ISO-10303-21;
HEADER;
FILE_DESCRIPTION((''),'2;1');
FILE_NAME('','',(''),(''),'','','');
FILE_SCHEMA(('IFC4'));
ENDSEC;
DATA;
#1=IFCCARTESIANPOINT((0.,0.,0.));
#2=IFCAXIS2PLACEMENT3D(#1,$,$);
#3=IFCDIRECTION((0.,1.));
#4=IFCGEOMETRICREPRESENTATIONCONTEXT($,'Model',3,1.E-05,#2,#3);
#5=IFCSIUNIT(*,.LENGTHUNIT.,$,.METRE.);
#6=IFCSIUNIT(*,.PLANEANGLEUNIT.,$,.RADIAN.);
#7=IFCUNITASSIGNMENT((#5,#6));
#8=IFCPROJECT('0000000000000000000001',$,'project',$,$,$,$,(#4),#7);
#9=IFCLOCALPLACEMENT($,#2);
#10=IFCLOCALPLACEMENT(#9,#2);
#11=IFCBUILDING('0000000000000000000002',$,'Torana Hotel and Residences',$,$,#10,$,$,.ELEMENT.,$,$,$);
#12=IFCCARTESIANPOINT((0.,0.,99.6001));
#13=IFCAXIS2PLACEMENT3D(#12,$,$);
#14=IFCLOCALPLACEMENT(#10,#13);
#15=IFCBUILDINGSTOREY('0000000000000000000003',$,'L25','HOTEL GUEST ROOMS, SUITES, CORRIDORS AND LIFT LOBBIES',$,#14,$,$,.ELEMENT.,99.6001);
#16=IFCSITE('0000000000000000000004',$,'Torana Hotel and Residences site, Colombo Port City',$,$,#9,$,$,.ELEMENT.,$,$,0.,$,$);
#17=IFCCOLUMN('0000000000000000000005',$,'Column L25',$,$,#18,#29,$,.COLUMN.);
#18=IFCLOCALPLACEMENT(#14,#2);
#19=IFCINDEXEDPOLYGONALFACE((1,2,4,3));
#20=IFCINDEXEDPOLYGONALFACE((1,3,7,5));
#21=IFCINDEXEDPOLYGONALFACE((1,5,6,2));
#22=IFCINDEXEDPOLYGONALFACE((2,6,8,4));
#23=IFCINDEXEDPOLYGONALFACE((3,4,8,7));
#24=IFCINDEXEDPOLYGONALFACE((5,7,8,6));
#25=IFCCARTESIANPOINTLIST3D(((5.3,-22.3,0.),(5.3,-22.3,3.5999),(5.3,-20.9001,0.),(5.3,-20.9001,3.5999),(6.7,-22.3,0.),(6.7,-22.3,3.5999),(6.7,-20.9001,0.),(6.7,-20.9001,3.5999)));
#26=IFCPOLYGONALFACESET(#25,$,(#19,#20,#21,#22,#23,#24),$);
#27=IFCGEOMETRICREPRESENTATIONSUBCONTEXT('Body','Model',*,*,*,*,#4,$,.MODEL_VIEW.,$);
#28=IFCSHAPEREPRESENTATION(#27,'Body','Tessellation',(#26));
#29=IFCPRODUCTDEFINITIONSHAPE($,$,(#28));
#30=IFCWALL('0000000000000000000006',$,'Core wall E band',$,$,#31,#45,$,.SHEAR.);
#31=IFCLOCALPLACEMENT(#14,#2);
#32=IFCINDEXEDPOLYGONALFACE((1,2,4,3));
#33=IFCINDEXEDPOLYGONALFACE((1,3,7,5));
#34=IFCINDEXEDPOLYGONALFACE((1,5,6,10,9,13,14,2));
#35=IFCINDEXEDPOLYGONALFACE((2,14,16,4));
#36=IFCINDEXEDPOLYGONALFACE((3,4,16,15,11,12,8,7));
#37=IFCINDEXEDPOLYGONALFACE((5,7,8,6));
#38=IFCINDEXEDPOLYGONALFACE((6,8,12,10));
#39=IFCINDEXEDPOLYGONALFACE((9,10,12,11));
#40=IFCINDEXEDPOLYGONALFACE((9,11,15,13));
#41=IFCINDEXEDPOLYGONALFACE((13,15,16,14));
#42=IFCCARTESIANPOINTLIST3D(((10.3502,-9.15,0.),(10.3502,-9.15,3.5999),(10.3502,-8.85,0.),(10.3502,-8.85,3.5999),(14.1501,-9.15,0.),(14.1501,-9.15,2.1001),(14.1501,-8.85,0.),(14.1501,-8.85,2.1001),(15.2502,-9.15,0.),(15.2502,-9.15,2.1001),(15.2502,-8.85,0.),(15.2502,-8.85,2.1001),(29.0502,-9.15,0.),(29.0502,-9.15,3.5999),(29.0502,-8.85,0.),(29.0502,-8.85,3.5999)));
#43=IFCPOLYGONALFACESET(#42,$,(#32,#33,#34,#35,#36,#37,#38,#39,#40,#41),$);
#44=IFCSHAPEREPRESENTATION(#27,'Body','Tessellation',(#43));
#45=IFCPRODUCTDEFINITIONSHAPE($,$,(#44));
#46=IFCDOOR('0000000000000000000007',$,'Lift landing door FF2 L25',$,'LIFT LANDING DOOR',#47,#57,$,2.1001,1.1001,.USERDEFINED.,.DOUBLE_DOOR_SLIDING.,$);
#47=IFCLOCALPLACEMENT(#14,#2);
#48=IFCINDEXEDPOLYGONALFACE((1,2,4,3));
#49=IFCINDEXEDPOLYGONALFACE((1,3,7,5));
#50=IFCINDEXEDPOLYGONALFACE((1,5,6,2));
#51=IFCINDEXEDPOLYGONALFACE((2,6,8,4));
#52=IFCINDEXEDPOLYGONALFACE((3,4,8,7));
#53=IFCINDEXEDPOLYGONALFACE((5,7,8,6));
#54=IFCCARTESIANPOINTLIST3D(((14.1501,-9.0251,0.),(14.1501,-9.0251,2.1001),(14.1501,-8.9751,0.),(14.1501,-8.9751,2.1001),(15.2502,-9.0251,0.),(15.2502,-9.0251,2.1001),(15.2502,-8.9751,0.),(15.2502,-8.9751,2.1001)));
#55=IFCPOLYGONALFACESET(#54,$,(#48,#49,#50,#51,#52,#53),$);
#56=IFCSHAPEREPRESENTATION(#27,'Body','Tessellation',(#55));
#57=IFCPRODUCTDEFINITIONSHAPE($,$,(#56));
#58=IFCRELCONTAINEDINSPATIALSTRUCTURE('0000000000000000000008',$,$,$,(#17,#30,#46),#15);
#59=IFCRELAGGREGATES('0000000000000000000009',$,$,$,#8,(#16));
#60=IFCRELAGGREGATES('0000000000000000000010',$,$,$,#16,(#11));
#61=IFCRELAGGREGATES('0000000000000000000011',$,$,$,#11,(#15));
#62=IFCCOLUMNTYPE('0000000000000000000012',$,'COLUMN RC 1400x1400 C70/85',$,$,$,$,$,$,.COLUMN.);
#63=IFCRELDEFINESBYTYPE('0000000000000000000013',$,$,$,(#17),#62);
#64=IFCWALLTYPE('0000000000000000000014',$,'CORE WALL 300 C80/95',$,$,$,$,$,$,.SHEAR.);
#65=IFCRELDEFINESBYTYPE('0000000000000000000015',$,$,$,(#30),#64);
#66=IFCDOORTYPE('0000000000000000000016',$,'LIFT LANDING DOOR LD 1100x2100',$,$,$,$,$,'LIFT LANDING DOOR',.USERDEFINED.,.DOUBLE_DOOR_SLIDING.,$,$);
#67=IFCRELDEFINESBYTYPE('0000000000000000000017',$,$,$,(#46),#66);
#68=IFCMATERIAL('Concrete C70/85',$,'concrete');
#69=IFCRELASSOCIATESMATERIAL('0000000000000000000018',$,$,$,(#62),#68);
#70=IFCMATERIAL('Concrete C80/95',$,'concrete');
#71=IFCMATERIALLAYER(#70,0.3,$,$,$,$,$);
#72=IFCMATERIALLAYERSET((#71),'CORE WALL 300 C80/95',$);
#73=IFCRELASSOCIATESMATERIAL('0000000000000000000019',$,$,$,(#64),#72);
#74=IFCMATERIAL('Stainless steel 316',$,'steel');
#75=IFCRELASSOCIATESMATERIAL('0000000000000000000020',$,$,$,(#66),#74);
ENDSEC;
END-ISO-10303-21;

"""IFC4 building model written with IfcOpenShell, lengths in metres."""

from ifc_helpers import new_model, si_unit, direction, frame, frame_2d, origin, origin_2d, place, context, subcontext, project, spatial, rectangle, extrude, material, layer, layer_set, material_profile, profile_set, type_object, element, fill, save


model = new_model("IFC4")

# Units and contexts
model_context = context("Model", 3, precision=1e-05, world=origin(), true_north=direction((0.0, 1.0)))
body_context = subcontext(model_context, "Body", "Model", "MODEL_VIEW")
ifc_project = project(units=[si_unit("LENGTHUNIT", "METRE"), si_unit("PLANEANGLEUNIT", "RADIAN")], contexts=[model_context])

# Site, building, storey
site_placement = place(None, origin())
site = spatial("IfcSite", under=ifc_project, at=site_placement, Name="Torana Hotel and Residences site, Colombo Port City", CompositionType="ELEMENT", RefElevation=0.0)
building_placement = place(site_placement, origin())
building = spatial("IfcBuilding", under=site, at=building_placement, Name="Torana Hotel and Residences", CompositionType="ELEMENT")
storey_placement = place(building_placement, frame((0.0, 0.0, 99.6001)))
storey = spatial("IfcBuildingStorey", under=building, at=storey_placement, Name="L25", Description="HOTEL GUEST ROOMS, SUITES, CORRIDORS AND LIFT LOBBIES", CompositionType="ELEMENT", Elevation=99.6001)

# Column
ifc_material_1 = material(Name="Concrete C70/85", Category="concrete")
ifc_material_profile = material_profile(ifc_material_1, rectangle(XDim=1.3999, YDim=1.3999, at=origin_2d()), Name="RC 1400x1400")
ifc_profile_set = profile_set([ifc_material_profile], Name="Concrete C70/85")
column_type = type_object("IfcColumnType", Name="COLUMN RC 1400x1400 C70/85", PredefinedType="COLUMN", material=ifc_profile_set)
column_placement = place(storey_placement, frame((6.0, -21.6001, 0.0), z_axis=(0.0, 0.0, 1.0), x_axis=(1.0, 0.0, 0.0)))
element("IfcColumn", 1, at=column_placement, inside=storey, type_object=column_type, Name="Column L25", PredefinedType="COLUMN", context=body_context, shape_type="SweptSolid", body=[
    extrude(rectangle(XDim=1.3999, YDim=1.3999, at=origin_2d()), origin(), (0.0, 0.0, 1.0), 3.5999),
])

# Wall, opening, door
ifc_material_2 = material(Name="Concrete C80/95", Category="concrete")
ifc_layer_1 = layer(ifc_material_2, 0.3)
ifc_layer_set_1 = layer_set([ifc_layer_1], Name="CORE WALL 300 C80/95")
wall_type_1 = type_object("IfcWallType", Name="CORE WALL 300 C80/95", PredefinedType="SHEAR", material=ifc_layer_set_1)
wall_1_placement = place(storey_placement, frame((10.3501, -9.0, 0.0), z_axis=(0.0, 0.0, 1.0), x_axis=(1.0, 0.0, 0.0)))
wall_1 = element("IfcWall", 2, at=wall_1_placement, inside=storey, type_object=wall_type_1, Name="Core wall E band", PredefinedType="SHEAR", context=body_context, shape_type="SweptSolid", body=[
    extrude(rectangle(XDim=18.7, YDim=0.3, at=frame_2d((9.3501, 0.0))), origin(), (0.0, 0.0, 1.0), 3.5999),
])
opening_1_placement = place(wall_1_placement, frame((3.8, 0.0, 0.0)))
opening_1 = element("IfcOpeningElement", 3, at=opening_1_placement, cuts=wall_1, PredefinedType="OPENING", context=body_context, shape_type="SweptSolid", body=[
    extrude(rectangle(XDim=1.1001, YDim=2.1001, at=frame_2d((0.55, 1.05))), frame((0.0, 0.1599, 0.0), z_axis=(0.0, -1.0, 0.0), x_axis=(1.0, 0.0, 0.0)), (0.0, 0.0, 1.0), 0.3201),
])
ifc_material_3 = material(Name="Stainless steel 316", Category="steel")
door_type_1 = type_object("IfcDoorType", Name="LIFT LANDING DOOR LD 1100x2100", ElementType="LIFT LANDING DOOR", OperationType="DOUBLE_DOOR_SLIDING", PredefinedType="USERDEFINED", material=ifc_material_3)
door_1_placement = place(opening_1_placement, origin())
door_1 = element("IfcDoor", 4, at=door_1_placement, inside=storey, type_object=door_type_1, Name="Lift landing door FF2 L25", ObjectType="LIFT LANDING DOOR", OperationType="DOUBLE_DOOR_SLIDING", OverallHeight=2.1001, OverallWidth=1.1001, PredefinedType="USERDEFINED", context=body_context, shape_type="SweptSolid", body=[
    extrude(rectangle(XDim=1.1001, YDim=2.1001, at=frame_2d((0.55, 1.05))), frame((0.0, 0.0249, 0.0), z_axis=(0.0, -1.0, 0.0), x_axis=(1.0, 0.0, 0.0)), (0.0, 0.0, 1.0), 0.05),
])
fill(opening_1, door_1)

save(model, "model.ifc")
